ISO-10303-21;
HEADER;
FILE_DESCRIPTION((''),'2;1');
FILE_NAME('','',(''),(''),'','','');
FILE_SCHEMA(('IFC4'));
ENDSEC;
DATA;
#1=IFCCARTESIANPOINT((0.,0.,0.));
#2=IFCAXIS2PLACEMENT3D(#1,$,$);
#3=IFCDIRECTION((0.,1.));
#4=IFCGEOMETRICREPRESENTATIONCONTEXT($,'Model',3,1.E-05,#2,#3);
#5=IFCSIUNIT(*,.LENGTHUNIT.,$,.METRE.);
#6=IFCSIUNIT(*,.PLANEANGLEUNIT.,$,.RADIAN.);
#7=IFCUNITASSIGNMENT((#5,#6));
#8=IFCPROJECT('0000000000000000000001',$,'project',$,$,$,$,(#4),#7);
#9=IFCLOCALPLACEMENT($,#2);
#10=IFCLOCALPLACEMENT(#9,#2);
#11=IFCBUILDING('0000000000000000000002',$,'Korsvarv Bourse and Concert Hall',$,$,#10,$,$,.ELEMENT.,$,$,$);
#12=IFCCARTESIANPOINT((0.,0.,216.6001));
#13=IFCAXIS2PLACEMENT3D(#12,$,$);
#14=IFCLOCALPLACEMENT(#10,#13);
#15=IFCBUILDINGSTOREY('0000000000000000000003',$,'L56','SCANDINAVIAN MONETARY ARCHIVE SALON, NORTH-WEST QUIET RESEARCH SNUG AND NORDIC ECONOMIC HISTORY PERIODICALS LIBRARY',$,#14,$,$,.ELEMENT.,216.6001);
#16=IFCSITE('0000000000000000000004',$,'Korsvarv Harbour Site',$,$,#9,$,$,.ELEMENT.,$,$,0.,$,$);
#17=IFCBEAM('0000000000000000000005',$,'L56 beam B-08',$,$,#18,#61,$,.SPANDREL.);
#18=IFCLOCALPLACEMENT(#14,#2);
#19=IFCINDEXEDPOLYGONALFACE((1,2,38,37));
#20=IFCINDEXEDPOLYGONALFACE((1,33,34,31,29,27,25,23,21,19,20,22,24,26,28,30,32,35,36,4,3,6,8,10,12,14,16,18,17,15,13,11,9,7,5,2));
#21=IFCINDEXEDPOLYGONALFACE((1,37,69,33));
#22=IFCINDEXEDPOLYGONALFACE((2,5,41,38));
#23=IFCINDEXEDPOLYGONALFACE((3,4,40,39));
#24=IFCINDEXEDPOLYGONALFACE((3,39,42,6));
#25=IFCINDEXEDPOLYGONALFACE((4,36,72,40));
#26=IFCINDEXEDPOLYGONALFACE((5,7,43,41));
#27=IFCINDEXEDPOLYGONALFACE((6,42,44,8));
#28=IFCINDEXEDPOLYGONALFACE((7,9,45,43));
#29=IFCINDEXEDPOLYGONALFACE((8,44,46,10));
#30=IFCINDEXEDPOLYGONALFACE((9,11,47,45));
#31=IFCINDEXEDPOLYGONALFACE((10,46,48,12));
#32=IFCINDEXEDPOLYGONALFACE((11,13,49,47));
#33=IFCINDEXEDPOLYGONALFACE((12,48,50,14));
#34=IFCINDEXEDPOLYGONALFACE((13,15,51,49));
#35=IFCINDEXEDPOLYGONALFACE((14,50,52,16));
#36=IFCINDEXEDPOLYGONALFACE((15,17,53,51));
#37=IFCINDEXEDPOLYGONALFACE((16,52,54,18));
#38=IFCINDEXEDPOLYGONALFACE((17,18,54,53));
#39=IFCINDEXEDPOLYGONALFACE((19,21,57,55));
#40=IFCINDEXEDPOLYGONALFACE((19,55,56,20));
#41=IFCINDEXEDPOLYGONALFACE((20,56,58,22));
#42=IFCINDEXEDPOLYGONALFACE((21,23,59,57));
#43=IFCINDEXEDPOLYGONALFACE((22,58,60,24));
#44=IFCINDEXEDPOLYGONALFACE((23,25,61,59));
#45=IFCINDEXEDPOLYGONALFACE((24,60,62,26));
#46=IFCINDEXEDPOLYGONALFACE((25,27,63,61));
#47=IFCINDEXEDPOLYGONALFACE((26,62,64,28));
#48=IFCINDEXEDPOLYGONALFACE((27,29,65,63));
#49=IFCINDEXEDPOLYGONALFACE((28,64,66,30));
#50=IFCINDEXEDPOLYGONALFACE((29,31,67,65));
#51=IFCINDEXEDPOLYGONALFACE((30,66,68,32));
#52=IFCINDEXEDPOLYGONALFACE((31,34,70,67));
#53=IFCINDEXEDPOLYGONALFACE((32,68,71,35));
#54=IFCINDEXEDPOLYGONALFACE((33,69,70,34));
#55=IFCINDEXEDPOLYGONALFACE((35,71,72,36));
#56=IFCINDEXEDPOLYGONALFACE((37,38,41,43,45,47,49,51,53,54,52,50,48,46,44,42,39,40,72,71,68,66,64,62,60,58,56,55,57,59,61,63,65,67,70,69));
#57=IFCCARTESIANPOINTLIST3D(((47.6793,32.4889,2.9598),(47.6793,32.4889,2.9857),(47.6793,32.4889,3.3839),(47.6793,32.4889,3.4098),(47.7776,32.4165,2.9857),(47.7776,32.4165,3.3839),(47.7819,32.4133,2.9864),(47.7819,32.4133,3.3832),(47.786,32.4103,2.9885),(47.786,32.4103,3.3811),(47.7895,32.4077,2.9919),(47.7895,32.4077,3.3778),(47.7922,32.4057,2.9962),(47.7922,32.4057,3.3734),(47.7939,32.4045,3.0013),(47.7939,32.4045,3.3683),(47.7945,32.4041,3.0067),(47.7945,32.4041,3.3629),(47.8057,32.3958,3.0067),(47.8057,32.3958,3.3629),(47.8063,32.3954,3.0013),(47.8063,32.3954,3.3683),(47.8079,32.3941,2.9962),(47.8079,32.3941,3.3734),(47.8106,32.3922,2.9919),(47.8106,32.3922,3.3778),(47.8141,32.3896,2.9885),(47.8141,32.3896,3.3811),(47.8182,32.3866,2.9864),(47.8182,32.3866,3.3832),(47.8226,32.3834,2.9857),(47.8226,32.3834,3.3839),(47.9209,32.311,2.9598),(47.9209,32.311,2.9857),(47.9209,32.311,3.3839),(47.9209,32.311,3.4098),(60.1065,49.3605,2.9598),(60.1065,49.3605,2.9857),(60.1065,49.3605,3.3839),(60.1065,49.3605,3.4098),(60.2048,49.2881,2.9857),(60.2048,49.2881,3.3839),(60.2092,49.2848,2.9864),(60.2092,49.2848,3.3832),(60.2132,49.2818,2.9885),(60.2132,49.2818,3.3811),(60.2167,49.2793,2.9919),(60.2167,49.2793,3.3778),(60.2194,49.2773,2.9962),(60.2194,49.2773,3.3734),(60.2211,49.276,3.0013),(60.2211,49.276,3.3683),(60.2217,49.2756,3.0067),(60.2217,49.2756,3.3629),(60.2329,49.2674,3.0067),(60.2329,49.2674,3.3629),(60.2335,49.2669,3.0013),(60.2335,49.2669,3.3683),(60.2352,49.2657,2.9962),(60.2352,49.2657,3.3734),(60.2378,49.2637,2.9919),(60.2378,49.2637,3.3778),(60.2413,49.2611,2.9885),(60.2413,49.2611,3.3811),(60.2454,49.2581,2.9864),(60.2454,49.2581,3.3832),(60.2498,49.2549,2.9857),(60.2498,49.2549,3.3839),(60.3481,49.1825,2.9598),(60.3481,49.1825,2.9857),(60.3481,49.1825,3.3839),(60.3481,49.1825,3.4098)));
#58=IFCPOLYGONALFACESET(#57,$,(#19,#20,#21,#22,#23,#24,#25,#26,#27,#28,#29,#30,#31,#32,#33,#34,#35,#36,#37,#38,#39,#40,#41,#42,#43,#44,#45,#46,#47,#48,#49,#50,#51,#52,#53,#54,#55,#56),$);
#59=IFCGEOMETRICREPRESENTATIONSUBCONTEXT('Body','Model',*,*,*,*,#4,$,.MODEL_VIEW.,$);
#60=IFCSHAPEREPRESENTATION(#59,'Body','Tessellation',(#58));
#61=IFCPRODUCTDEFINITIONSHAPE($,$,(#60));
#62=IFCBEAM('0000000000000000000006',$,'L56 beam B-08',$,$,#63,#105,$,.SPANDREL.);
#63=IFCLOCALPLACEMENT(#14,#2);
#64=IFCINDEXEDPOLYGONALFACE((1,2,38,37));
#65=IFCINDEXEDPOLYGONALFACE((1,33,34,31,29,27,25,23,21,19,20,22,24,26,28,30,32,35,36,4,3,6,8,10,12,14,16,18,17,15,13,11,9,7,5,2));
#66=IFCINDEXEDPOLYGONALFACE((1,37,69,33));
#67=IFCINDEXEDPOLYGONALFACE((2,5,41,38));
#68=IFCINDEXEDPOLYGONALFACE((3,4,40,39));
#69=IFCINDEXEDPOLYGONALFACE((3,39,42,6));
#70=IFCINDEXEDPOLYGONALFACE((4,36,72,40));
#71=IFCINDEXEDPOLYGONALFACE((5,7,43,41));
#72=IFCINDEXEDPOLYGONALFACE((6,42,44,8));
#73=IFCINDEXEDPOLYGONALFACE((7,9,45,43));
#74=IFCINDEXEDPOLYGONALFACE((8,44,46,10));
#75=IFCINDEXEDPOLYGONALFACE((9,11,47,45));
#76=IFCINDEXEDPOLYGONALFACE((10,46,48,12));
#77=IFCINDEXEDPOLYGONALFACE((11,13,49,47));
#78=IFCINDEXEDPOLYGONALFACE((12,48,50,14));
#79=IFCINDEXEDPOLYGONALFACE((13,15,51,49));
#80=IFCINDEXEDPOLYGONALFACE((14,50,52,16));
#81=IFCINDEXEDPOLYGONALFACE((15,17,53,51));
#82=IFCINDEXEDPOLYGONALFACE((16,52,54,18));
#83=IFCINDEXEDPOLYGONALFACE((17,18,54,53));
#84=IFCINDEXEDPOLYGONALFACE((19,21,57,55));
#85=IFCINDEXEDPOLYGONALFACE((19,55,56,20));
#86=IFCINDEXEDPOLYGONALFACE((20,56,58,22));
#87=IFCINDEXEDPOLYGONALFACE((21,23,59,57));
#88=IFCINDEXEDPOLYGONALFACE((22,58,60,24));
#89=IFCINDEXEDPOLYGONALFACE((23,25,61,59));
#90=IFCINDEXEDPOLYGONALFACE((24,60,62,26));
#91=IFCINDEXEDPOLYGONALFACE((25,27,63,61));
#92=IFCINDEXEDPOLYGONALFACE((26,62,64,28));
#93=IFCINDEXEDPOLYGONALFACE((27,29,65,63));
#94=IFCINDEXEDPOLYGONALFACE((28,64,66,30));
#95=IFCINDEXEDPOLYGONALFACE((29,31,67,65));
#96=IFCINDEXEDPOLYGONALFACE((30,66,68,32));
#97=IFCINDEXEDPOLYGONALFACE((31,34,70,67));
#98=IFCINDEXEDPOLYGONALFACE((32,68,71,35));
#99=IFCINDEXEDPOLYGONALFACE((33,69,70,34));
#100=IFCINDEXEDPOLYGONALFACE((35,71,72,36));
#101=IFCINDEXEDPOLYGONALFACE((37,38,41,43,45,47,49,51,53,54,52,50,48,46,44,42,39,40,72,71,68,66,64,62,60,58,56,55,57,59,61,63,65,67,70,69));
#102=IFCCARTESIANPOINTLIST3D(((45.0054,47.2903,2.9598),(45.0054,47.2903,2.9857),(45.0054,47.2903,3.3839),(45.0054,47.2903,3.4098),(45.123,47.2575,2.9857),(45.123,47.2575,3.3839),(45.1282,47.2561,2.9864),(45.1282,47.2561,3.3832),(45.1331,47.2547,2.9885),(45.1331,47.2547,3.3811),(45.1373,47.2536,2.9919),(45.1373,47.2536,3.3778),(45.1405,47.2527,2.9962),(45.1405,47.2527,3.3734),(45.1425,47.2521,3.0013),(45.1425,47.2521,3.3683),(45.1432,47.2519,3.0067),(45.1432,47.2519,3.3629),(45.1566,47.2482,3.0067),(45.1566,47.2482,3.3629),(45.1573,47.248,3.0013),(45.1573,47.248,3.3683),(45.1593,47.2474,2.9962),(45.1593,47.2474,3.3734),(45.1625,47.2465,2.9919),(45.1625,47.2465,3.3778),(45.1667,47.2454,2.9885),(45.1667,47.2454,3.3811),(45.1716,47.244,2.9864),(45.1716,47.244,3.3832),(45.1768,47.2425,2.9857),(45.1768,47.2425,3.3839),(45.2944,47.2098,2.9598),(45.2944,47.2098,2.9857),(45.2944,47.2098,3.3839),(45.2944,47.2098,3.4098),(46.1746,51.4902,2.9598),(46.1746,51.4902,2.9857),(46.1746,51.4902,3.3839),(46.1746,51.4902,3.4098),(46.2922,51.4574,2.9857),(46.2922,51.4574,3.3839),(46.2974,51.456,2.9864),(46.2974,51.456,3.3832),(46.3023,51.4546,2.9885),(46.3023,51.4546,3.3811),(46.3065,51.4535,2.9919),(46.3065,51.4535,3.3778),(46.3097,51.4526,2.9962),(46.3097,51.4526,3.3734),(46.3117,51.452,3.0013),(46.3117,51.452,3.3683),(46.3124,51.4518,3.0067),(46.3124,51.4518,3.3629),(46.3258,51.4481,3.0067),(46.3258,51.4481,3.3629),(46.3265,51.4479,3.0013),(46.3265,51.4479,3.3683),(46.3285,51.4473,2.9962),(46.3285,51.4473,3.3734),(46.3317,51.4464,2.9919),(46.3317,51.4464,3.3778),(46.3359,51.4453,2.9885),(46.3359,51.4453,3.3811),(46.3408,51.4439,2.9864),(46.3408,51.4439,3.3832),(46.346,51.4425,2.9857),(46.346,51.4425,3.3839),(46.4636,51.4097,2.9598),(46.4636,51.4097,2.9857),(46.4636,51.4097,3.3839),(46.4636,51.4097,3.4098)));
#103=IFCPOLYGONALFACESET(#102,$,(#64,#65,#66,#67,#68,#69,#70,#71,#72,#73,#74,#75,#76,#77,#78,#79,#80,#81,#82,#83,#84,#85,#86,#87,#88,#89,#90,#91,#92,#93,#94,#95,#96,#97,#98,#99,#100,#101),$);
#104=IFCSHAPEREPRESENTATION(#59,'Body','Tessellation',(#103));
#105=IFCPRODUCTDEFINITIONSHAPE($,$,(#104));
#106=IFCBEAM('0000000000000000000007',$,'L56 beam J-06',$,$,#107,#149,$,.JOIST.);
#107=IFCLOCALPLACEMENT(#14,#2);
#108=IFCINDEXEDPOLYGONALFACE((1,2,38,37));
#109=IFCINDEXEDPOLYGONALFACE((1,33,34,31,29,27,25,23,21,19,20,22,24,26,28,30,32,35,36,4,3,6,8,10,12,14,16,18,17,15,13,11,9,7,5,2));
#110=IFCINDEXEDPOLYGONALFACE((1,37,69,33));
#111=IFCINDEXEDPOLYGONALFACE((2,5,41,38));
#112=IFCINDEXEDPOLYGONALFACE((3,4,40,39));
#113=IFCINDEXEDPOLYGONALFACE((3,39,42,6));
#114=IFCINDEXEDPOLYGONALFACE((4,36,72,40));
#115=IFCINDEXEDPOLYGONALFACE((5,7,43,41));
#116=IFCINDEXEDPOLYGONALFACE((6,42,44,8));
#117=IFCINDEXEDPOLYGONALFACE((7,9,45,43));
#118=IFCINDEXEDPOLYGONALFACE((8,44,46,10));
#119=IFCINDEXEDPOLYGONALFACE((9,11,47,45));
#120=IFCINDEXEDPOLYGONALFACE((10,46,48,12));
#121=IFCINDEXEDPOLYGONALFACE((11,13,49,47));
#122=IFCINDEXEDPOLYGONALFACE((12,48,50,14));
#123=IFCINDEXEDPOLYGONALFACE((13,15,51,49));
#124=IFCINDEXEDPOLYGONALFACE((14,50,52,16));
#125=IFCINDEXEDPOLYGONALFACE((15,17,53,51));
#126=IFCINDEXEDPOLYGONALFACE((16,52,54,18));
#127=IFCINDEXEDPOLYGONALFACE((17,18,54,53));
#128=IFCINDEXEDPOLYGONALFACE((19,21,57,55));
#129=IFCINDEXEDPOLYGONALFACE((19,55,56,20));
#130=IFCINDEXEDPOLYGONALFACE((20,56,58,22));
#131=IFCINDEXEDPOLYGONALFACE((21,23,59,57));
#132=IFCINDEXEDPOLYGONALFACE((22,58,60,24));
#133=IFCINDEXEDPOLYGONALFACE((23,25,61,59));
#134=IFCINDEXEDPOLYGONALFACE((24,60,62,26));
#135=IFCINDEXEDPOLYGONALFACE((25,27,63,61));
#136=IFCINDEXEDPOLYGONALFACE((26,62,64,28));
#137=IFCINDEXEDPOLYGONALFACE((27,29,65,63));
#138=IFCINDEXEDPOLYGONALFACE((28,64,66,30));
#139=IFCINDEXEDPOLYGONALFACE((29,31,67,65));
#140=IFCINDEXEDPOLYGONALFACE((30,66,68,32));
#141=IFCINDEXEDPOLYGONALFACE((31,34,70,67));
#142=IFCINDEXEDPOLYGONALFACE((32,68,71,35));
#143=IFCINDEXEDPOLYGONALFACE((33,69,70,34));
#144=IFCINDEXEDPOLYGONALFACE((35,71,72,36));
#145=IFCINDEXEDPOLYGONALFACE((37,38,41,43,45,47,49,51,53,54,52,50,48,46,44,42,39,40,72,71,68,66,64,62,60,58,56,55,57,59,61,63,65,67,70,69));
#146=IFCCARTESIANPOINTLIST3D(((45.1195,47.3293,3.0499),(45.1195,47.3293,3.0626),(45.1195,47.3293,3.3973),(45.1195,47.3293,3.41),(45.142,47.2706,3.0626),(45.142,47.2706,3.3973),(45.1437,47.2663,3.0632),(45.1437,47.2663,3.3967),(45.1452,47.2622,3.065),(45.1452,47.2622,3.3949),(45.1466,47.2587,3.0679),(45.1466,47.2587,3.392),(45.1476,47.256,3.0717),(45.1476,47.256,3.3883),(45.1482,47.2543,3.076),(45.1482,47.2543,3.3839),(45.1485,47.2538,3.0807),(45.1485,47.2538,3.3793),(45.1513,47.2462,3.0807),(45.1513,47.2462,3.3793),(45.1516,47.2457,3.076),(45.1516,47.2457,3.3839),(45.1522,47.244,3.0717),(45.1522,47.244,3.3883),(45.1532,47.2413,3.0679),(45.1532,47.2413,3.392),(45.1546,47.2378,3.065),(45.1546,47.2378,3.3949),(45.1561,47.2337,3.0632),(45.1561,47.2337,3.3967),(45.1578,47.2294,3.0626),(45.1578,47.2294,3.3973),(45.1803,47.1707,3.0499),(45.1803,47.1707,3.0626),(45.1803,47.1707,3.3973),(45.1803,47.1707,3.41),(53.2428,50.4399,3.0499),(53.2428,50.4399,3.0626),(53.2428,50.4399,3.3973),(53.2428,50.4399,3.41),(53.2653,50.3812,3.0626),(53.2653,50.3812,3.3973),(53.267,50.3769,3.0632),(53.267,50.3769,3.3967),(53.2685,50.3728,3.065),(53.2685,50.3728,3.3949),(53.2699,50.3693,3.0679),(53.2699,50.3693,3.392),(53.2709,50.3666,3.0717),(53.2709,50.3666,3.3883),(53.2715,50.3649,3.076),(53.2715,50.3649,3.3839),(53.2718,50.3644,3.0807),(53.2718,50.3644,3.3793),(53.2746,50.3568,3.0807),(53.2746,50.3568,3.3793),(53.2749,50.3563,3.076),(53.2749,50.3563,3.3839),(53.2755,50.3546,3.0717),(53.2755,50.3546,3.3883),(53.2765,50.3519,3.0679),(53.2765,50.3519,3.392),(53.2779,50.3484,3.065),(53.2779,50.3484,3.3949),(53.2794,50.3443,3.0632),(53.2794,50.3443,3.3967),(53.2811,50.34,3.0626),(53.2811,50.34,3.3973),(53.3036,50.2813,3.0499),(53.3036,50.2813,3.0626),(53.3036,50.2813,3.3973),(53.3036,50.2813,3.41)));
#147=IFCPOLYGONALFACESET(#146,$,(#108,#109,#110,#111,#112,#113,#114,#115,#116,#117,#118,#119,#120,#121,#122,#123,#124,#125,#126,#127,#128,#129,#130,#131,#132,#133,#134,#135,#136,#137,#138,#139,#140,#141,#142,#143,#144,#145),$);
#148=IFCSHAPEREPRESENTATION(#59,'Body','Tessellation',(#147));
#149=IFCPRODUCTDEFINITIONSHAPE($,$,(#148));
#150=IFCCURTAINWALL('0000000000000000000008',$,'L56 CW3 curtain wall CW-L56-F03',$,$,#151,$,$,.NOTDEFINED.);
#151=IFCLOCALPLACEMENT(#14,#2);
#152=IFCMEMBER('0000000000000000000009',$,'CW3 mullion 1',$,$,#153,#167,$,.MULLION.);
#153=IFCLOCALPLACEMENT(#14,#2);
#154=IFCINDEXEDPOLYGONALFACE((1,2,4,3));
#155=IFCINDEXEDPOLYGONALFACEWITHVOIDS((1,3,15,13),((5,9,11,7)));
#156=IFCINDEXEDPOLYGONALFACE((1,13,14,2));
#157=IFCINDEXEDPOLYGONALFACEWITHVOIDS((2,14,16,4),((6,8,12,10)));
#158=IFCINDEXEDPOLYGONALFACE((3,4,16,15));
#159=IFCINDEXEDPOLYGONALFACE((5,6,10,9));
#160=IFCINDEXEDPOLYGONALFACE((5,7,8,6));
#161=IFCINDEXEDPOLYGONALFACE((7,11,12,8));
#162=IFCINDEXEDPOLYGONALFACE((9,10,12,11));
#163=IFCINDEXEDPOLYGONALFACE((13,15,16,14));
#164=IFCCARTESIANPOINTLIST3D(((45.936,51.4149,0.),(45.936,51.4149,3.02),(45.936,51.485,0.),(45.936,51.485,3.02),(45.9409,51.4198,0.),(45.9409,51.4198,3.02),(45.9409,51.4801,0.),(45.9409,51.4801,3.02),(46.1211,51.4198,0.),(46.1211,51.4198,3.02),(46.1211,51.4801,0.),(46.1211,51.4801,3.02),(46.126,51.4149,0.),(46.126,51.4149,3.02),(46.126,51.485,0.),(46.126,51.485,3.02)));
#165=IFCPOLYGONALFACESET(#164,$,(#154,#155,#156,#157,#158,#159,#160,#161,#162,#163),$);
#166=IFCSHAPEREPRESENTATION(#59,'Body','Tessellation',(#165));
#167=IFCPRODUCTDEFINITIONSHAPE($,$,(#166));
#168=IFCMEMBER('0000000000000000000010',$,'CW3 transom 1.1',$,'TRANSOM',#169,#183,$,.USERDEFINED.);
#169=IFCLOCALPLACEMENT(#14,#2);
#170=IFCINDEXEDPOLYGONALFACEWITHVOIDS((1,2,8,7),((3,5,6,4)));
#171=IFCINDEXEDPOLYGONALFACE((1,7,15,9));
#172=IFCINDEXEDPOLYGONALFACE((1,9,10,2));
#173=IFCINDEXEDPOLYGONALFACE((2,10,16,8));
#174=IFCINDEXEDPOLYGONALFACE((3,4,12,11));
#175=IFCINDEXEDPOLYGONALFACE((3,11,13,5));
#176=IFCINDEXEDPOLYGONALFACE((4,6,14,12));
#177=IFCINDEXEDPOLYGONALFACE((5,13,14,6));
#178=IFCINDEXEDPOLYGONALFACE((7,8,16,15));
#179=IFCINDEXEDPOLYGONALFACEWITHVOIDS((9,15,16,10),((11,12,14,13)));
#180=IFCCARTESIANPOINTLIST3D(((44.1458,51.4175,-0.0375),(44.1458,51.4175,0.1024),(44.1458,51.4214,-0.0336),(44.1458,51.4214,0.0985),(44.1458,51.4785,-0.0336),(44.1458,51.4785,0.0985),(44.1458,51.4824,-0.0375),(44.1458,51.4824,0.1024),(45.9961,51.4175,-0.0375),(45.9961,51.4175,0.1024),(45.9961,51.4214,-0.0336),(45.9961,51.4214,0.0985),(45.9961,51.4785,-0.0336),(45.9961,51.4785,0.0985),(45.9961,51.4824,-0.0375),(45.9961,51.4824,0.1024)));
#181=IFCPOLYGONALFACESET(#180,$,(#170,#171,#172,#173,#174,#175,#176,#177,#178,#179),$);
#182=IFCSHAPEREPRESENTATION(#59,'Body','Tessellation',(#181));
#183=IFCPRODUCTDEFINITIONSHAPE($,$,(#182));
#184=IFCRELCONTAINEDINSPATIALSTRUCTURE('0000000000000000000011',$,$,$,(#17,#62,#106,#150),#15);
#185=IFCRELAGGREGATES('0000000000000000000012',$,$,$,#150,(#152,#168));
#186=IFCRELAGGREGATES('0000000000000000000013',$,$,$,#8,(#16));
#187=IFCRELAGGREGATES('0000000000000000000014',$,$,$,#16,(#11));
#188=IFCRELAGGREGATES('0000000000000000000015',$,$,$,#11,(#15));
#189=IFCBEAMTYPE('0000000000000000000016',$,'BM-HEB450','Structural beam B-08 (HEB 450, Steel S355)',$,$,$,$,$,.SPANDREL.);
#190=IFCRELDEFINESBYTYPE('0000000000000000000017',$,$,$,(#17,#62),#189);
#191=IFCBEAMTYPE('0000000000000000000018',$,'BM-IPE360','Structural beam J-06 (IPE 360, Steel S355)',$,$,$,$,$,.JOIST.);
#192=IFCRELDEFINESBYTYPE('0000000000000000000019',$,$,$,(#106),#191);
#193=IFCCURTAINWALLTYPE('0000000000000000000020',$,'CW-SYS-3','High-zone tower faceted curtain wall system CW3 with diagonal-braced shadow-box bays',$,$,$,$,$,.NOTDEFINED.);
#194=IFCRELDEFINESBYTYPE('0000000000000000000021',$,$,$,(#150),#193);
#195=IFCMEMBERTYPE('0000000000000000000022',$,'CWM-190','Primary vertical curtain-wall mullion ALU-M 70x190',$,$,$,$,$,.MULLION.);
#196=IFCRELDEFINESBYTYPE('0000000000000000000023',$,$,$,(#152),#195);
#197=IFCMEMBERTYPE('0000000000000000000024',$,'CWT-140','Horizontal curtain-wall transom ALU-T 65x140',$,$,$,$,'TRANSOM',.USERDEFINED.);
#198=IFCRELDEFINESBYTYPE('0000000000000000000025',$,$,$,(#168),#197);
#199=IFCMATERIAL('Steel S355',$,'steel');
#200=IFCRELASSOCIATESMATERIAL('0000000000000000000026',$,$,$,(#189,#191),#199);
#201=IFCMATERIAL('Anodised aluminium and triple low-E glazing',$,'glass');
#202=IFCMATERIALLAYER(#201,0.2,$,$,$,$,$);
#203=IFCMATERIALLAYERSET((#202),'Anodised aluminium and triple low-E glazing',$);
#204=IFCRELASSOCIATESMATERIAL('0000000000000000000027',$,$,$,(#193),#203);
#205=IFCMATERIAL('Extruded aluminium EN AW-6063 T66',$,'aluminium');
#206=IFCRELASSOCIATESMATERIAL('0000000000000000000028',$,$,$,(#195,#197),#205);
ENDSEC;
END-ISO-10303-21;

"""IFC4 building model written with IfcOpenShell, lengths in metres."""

from ifc_helpers import new_model, si_unit, direction, frame, origin, origin_2d, place, context, subcontext, project, spatial, hollow_rectangle, i_section, extrude, source, transform, mapped, material, layer, layer_set, material_profile, profile_set, type_object, element, aggregate, save


model = new_model("IFC4")

# Units and contexts
model_context = context("Model", 3, precision=1e-05, world=origin(), true_north=direction((0.0, 1.0)))
body_context = subcontext(model_context, "Body", "Model", "MODEL_VIEW")
ifc_project = project(units=[si_unit("LENGTHUNIT", "METRE"), si_unit("PLANEANGLEUNIT", "RADIAN")], contexts=[model_context])

# Site, building, storey
site_placement = place(None, origin())
site = spatial("IfcSite", under=ifc_project, at=site_placement, Name="Korsvarv Harbour Site", CompositionType="ELEMENT", RefElevation=0.0)
building_placement = place(site_placement, origin())
building = spatial("IfcBuilding", under=site, at=building_placement, Name="Korsvarv Bourse and Concert Hall", CompositionType="ELEMENT")
storey_placement = place(building_placement, frame((0.0, 0.0, 216.6001)))
storey = spatial("IfcBuildingStorey", under=building, at=storey_placement, Name="L56", Description="SCANDINAVIAN MONETARY ARCHIVE SALON, NORTH-WEST QUIET RESEARCH SNUG AND NORDIC ECONOMIC HISTORY PERIODICALS LIBRARY", CompositionType="ELEMENT", Elevation=216.6001)

# Shared definitions
ifc_material_1 = material(Name="Steel S355", Category="steel")

# Beams
ifc_material_profile_1 = material_profile(ifc_material_1, i_section(OverallWidth=0.3, OverallDepth=0.45, WebThickness=0.0139, FlangeThickness=0.0259, FilletRadius=0.021, at=origin_2d()), Name="HEB 450")
ifc_profile_set_1 = profile_set([ifc_material_profile_1], Name="Steel S355")
beam_type_1 = type_object("IfcBeamType", Name="BM-HEB450", Description="Structural beam B-08 (HEB 450, Steel S355)", PredefinedType="SPANDREL", material=ifc_profile_set_1)
shared_shape_1 = source(origin(), body_context, "Body", "SweptSolid", [
    extrude(i_section(OverallWidth=0.3, OverallDepth=0.45, WebThickness=0.0139, FlangeThickness=0.0259, FilletRadius=0.021, at=origin_2d()), origin(), (0.0, 0.0, 1.0), 20.9543),
])
beam_1_placement = place(storey_placement, frame((60.2273, 49.2715, 3.1848), z_axis=(-0.593062, -0.805157, 0.0), x_axis=(0.805157, -0.593062, 0.0)))
element("IfcBeam", 1, at=beam_1_placement, inside=storey, type_object=beam_type_1, Name="L56 beam B-08", PredefinedType="SPANDREL", context=body_context, shape_type="MappedRepresentation", body=[
    mapped(shared_shape_1, transform((0.0, 0.0, 0.0), scale=1.0)),
])
shared_shape_2 = source(origin(), body_context, "Body", "SweptSolid", [
    extrude(i_section(OverallWidth=0.3, OverallDepth=0.45, WebThickness=0.0139, FlangeThickness=0.0259, FilletRadius=0.021, at=origin_2d()), origin(), (0.0, 0.0, 1.0), 4.3596),
])
beam_2_placement = place(storey_placement, frame((46.3191, 51.45, 3.1848), z_axis=(-0.268184, -0.963368, 0.0), x_axis=(0.963368, -0.268184, 0.0)))
element("IfcBeam", 2, at=beam_2_placement, inside=storey, type_object=beam_type_1, Name="L56 beam B-08", PredefinedType="SPANDREL", context=body_context, shape_type="MappedRepresentation", body=[
    mapped(shared_shape_2, transform((0.0, 0.0, 0.0), scale=1.0)),
])
ifc_material_profile_2 = material_profile(ifc_material_1, i_section(OverallWidth=0.1699, OverallDepth=0.3601, WebThickness=0.0081, FlangeThickness=0.0127, FilletRadius=0.0181, at=origin_2d()), Name="IPE 360")
ifc_profile_set_2 = profile_set([ifc_material_profile_2], Name="Steel S355")
beam_type_2 = type_object("IfcBeamType", Name="BM-IPE360", Description="Structural beam J-06 (IPE 360, Steel S355)", PredefinedType="JOIST", material=ifc_profile_set_2)
shared_shape_3 = source(origin(), body_context, "Body", "SweptSolid", [
    extrude(i_section(OverallWidth=0.1699, OverallDepth=0.3601, WebThickness=0.0081, FlangeThickness=0.0127, FilletRadius=0.0181, at=origin_2d()), origin(), (0.0, 0.0, 1.0), 8.6985),
])
beam_3_placement = place(storey_placement, frame((53.2732, 50.3606, 3.23), z_axis=(-0.933874, -0.357602, 0.0), x_axis=(0.357602, -0.933874, 0.0)))
element("IfcBeam", 3, at=beam_3_placement, inside=storey, type_object=beam_type_2, Name="L56 beam J-06", PredefinedType="JOIST", context=body_context, shape_type="MappedRepresentation", body=[
    mapped(shared_shape_3, transform((0.0, 0.0, 0.0), scale=1.0)),
])

# Curtain wall, members
ifc_material_2 = material(Name="Anodised aluminium and triple low-E glazing", Category="glass")
ifc_layer_1 = layer(ifc_material_2, 0.2)
ifc_layer_set_1 = layer_set([ifc_layer_1], Name="Anodised aluminium and triple low-E glazing")
curtain_wall_type = type_object("IfcCurtainWallType", Name="CW-SYS-3", Description="High-zone tower faceted curtain wall system CW3 with diagonal-braced shadow-box bays", PredefinedType="NOTDEFINED", material=ifc_layer_set_1)
curtain_wall_placement = place(storey_placement, origin())
curtain_wall = element("IfcCurtainWall", 4, at=curtain_wall_placement, inside=storey, type_object=curtain_wall_type, Name="L56 CW3 curtain wall CW-L56-F03", PredefinedType="NOTDEFINED")
ifc_material_3 = material(Name="Extruded aluminium EN AW-6063 T66", Category="aluminium")
ifc_material_profile_3 = material_profile(ifc_material_3, hollow_rectangle(XDim=0.0701, YDim=0.1899, WallThickness=0.0049, at=origin_2d()), Name="ALU-M 70x190")
ifc_profile_set_3 = profile_set([ifc_material_profile_3], Name="Extruded aluminium EN AW-6063 T66")
member_type_1 = type_object("IfcMemberType", Name="CWM-190", Description="Primary vertical curtain-wall mullion ALU-M 70x190", PredefinedType="MULLION", material=ifc_profile_set_3)
shared_shape_4 = source(origin(), body_context, "Body", "SweptSolid", [
    extrude(hollow_rectangle(XDim=0.0701, YDim=0.1899, WallThickness=0.0049, at=origin_2d()), origin(), (0.0, 0.0, 1.0), 3.02),
])
member_1_placement = place(storey_placement, frame((46.031, 51.45, 0.0), z_axis=(0.0, 0.0, 1.0), x_axis=(0.0, -1.0, 0.0)))
member_1 = element("IfcMember", 5, at=member_1_placement, type_object=member_type_1, Name="CW3 mullion 1", PredefinedType="MULLION", context=body_context, shape_type="MappedRepresentation", body=[
    mapped(shared_shape_4, transform((0.0, 0.0, 0.0), scale=1.0)),
])
ifc_material_profile_4 = material_profile(ifc_material_3, hollow_rectangle(XDim=0.0649, YDim=0.1399, WallThickness=0.0039, at=origin_2d()), Name="ALU-T 65x140")
ifc_profile_set_4 = profile_set([ifc_material_profile_4], Name="Extruded aluminium EN AW-6063 T66")
member_type_2 = type_object("IfcMemberType", Name="CWT-140", Description="Horizontal curtain-wall transom ALU-T 65x140", ElementType="TRANSOM", PredefinedType="USERDEFINED", material=ifc_profile_set_4)
shared_shape_5 = source(origin(), body_context, "Body", "SweptSolid", [
    extrude(hollow_rectangle(XDim=0.0649, YDim=0.1399, WallThickness=0.0039, at=origin_2d()), origin(), (0.0, 0.0, 1.0), 1.8503),
])
member_2_placement = place(storey_placement, frame((45.9961, 51.45, 0.0325), z_axis=(-1.0, 0.0, 0.0), x_axis=(0.0, -1.0, 0.0)))
member_2 = element("IfcMember", 6, at=member_2_placement, type_object=member_type_2, Name="CW3 transom 1.1", ObjectType="TRANSOM", PredefinedType="USERDEFINED", context=body_context, shape_type="MappedRepresentation", body=[
    mapped(shared_shape_5, transform((0.0, 0.0, 0.0), scale=1.0)),
])
aggregate(curtain_wall, [member_1, member_2])

save(model, "model.ifc")
